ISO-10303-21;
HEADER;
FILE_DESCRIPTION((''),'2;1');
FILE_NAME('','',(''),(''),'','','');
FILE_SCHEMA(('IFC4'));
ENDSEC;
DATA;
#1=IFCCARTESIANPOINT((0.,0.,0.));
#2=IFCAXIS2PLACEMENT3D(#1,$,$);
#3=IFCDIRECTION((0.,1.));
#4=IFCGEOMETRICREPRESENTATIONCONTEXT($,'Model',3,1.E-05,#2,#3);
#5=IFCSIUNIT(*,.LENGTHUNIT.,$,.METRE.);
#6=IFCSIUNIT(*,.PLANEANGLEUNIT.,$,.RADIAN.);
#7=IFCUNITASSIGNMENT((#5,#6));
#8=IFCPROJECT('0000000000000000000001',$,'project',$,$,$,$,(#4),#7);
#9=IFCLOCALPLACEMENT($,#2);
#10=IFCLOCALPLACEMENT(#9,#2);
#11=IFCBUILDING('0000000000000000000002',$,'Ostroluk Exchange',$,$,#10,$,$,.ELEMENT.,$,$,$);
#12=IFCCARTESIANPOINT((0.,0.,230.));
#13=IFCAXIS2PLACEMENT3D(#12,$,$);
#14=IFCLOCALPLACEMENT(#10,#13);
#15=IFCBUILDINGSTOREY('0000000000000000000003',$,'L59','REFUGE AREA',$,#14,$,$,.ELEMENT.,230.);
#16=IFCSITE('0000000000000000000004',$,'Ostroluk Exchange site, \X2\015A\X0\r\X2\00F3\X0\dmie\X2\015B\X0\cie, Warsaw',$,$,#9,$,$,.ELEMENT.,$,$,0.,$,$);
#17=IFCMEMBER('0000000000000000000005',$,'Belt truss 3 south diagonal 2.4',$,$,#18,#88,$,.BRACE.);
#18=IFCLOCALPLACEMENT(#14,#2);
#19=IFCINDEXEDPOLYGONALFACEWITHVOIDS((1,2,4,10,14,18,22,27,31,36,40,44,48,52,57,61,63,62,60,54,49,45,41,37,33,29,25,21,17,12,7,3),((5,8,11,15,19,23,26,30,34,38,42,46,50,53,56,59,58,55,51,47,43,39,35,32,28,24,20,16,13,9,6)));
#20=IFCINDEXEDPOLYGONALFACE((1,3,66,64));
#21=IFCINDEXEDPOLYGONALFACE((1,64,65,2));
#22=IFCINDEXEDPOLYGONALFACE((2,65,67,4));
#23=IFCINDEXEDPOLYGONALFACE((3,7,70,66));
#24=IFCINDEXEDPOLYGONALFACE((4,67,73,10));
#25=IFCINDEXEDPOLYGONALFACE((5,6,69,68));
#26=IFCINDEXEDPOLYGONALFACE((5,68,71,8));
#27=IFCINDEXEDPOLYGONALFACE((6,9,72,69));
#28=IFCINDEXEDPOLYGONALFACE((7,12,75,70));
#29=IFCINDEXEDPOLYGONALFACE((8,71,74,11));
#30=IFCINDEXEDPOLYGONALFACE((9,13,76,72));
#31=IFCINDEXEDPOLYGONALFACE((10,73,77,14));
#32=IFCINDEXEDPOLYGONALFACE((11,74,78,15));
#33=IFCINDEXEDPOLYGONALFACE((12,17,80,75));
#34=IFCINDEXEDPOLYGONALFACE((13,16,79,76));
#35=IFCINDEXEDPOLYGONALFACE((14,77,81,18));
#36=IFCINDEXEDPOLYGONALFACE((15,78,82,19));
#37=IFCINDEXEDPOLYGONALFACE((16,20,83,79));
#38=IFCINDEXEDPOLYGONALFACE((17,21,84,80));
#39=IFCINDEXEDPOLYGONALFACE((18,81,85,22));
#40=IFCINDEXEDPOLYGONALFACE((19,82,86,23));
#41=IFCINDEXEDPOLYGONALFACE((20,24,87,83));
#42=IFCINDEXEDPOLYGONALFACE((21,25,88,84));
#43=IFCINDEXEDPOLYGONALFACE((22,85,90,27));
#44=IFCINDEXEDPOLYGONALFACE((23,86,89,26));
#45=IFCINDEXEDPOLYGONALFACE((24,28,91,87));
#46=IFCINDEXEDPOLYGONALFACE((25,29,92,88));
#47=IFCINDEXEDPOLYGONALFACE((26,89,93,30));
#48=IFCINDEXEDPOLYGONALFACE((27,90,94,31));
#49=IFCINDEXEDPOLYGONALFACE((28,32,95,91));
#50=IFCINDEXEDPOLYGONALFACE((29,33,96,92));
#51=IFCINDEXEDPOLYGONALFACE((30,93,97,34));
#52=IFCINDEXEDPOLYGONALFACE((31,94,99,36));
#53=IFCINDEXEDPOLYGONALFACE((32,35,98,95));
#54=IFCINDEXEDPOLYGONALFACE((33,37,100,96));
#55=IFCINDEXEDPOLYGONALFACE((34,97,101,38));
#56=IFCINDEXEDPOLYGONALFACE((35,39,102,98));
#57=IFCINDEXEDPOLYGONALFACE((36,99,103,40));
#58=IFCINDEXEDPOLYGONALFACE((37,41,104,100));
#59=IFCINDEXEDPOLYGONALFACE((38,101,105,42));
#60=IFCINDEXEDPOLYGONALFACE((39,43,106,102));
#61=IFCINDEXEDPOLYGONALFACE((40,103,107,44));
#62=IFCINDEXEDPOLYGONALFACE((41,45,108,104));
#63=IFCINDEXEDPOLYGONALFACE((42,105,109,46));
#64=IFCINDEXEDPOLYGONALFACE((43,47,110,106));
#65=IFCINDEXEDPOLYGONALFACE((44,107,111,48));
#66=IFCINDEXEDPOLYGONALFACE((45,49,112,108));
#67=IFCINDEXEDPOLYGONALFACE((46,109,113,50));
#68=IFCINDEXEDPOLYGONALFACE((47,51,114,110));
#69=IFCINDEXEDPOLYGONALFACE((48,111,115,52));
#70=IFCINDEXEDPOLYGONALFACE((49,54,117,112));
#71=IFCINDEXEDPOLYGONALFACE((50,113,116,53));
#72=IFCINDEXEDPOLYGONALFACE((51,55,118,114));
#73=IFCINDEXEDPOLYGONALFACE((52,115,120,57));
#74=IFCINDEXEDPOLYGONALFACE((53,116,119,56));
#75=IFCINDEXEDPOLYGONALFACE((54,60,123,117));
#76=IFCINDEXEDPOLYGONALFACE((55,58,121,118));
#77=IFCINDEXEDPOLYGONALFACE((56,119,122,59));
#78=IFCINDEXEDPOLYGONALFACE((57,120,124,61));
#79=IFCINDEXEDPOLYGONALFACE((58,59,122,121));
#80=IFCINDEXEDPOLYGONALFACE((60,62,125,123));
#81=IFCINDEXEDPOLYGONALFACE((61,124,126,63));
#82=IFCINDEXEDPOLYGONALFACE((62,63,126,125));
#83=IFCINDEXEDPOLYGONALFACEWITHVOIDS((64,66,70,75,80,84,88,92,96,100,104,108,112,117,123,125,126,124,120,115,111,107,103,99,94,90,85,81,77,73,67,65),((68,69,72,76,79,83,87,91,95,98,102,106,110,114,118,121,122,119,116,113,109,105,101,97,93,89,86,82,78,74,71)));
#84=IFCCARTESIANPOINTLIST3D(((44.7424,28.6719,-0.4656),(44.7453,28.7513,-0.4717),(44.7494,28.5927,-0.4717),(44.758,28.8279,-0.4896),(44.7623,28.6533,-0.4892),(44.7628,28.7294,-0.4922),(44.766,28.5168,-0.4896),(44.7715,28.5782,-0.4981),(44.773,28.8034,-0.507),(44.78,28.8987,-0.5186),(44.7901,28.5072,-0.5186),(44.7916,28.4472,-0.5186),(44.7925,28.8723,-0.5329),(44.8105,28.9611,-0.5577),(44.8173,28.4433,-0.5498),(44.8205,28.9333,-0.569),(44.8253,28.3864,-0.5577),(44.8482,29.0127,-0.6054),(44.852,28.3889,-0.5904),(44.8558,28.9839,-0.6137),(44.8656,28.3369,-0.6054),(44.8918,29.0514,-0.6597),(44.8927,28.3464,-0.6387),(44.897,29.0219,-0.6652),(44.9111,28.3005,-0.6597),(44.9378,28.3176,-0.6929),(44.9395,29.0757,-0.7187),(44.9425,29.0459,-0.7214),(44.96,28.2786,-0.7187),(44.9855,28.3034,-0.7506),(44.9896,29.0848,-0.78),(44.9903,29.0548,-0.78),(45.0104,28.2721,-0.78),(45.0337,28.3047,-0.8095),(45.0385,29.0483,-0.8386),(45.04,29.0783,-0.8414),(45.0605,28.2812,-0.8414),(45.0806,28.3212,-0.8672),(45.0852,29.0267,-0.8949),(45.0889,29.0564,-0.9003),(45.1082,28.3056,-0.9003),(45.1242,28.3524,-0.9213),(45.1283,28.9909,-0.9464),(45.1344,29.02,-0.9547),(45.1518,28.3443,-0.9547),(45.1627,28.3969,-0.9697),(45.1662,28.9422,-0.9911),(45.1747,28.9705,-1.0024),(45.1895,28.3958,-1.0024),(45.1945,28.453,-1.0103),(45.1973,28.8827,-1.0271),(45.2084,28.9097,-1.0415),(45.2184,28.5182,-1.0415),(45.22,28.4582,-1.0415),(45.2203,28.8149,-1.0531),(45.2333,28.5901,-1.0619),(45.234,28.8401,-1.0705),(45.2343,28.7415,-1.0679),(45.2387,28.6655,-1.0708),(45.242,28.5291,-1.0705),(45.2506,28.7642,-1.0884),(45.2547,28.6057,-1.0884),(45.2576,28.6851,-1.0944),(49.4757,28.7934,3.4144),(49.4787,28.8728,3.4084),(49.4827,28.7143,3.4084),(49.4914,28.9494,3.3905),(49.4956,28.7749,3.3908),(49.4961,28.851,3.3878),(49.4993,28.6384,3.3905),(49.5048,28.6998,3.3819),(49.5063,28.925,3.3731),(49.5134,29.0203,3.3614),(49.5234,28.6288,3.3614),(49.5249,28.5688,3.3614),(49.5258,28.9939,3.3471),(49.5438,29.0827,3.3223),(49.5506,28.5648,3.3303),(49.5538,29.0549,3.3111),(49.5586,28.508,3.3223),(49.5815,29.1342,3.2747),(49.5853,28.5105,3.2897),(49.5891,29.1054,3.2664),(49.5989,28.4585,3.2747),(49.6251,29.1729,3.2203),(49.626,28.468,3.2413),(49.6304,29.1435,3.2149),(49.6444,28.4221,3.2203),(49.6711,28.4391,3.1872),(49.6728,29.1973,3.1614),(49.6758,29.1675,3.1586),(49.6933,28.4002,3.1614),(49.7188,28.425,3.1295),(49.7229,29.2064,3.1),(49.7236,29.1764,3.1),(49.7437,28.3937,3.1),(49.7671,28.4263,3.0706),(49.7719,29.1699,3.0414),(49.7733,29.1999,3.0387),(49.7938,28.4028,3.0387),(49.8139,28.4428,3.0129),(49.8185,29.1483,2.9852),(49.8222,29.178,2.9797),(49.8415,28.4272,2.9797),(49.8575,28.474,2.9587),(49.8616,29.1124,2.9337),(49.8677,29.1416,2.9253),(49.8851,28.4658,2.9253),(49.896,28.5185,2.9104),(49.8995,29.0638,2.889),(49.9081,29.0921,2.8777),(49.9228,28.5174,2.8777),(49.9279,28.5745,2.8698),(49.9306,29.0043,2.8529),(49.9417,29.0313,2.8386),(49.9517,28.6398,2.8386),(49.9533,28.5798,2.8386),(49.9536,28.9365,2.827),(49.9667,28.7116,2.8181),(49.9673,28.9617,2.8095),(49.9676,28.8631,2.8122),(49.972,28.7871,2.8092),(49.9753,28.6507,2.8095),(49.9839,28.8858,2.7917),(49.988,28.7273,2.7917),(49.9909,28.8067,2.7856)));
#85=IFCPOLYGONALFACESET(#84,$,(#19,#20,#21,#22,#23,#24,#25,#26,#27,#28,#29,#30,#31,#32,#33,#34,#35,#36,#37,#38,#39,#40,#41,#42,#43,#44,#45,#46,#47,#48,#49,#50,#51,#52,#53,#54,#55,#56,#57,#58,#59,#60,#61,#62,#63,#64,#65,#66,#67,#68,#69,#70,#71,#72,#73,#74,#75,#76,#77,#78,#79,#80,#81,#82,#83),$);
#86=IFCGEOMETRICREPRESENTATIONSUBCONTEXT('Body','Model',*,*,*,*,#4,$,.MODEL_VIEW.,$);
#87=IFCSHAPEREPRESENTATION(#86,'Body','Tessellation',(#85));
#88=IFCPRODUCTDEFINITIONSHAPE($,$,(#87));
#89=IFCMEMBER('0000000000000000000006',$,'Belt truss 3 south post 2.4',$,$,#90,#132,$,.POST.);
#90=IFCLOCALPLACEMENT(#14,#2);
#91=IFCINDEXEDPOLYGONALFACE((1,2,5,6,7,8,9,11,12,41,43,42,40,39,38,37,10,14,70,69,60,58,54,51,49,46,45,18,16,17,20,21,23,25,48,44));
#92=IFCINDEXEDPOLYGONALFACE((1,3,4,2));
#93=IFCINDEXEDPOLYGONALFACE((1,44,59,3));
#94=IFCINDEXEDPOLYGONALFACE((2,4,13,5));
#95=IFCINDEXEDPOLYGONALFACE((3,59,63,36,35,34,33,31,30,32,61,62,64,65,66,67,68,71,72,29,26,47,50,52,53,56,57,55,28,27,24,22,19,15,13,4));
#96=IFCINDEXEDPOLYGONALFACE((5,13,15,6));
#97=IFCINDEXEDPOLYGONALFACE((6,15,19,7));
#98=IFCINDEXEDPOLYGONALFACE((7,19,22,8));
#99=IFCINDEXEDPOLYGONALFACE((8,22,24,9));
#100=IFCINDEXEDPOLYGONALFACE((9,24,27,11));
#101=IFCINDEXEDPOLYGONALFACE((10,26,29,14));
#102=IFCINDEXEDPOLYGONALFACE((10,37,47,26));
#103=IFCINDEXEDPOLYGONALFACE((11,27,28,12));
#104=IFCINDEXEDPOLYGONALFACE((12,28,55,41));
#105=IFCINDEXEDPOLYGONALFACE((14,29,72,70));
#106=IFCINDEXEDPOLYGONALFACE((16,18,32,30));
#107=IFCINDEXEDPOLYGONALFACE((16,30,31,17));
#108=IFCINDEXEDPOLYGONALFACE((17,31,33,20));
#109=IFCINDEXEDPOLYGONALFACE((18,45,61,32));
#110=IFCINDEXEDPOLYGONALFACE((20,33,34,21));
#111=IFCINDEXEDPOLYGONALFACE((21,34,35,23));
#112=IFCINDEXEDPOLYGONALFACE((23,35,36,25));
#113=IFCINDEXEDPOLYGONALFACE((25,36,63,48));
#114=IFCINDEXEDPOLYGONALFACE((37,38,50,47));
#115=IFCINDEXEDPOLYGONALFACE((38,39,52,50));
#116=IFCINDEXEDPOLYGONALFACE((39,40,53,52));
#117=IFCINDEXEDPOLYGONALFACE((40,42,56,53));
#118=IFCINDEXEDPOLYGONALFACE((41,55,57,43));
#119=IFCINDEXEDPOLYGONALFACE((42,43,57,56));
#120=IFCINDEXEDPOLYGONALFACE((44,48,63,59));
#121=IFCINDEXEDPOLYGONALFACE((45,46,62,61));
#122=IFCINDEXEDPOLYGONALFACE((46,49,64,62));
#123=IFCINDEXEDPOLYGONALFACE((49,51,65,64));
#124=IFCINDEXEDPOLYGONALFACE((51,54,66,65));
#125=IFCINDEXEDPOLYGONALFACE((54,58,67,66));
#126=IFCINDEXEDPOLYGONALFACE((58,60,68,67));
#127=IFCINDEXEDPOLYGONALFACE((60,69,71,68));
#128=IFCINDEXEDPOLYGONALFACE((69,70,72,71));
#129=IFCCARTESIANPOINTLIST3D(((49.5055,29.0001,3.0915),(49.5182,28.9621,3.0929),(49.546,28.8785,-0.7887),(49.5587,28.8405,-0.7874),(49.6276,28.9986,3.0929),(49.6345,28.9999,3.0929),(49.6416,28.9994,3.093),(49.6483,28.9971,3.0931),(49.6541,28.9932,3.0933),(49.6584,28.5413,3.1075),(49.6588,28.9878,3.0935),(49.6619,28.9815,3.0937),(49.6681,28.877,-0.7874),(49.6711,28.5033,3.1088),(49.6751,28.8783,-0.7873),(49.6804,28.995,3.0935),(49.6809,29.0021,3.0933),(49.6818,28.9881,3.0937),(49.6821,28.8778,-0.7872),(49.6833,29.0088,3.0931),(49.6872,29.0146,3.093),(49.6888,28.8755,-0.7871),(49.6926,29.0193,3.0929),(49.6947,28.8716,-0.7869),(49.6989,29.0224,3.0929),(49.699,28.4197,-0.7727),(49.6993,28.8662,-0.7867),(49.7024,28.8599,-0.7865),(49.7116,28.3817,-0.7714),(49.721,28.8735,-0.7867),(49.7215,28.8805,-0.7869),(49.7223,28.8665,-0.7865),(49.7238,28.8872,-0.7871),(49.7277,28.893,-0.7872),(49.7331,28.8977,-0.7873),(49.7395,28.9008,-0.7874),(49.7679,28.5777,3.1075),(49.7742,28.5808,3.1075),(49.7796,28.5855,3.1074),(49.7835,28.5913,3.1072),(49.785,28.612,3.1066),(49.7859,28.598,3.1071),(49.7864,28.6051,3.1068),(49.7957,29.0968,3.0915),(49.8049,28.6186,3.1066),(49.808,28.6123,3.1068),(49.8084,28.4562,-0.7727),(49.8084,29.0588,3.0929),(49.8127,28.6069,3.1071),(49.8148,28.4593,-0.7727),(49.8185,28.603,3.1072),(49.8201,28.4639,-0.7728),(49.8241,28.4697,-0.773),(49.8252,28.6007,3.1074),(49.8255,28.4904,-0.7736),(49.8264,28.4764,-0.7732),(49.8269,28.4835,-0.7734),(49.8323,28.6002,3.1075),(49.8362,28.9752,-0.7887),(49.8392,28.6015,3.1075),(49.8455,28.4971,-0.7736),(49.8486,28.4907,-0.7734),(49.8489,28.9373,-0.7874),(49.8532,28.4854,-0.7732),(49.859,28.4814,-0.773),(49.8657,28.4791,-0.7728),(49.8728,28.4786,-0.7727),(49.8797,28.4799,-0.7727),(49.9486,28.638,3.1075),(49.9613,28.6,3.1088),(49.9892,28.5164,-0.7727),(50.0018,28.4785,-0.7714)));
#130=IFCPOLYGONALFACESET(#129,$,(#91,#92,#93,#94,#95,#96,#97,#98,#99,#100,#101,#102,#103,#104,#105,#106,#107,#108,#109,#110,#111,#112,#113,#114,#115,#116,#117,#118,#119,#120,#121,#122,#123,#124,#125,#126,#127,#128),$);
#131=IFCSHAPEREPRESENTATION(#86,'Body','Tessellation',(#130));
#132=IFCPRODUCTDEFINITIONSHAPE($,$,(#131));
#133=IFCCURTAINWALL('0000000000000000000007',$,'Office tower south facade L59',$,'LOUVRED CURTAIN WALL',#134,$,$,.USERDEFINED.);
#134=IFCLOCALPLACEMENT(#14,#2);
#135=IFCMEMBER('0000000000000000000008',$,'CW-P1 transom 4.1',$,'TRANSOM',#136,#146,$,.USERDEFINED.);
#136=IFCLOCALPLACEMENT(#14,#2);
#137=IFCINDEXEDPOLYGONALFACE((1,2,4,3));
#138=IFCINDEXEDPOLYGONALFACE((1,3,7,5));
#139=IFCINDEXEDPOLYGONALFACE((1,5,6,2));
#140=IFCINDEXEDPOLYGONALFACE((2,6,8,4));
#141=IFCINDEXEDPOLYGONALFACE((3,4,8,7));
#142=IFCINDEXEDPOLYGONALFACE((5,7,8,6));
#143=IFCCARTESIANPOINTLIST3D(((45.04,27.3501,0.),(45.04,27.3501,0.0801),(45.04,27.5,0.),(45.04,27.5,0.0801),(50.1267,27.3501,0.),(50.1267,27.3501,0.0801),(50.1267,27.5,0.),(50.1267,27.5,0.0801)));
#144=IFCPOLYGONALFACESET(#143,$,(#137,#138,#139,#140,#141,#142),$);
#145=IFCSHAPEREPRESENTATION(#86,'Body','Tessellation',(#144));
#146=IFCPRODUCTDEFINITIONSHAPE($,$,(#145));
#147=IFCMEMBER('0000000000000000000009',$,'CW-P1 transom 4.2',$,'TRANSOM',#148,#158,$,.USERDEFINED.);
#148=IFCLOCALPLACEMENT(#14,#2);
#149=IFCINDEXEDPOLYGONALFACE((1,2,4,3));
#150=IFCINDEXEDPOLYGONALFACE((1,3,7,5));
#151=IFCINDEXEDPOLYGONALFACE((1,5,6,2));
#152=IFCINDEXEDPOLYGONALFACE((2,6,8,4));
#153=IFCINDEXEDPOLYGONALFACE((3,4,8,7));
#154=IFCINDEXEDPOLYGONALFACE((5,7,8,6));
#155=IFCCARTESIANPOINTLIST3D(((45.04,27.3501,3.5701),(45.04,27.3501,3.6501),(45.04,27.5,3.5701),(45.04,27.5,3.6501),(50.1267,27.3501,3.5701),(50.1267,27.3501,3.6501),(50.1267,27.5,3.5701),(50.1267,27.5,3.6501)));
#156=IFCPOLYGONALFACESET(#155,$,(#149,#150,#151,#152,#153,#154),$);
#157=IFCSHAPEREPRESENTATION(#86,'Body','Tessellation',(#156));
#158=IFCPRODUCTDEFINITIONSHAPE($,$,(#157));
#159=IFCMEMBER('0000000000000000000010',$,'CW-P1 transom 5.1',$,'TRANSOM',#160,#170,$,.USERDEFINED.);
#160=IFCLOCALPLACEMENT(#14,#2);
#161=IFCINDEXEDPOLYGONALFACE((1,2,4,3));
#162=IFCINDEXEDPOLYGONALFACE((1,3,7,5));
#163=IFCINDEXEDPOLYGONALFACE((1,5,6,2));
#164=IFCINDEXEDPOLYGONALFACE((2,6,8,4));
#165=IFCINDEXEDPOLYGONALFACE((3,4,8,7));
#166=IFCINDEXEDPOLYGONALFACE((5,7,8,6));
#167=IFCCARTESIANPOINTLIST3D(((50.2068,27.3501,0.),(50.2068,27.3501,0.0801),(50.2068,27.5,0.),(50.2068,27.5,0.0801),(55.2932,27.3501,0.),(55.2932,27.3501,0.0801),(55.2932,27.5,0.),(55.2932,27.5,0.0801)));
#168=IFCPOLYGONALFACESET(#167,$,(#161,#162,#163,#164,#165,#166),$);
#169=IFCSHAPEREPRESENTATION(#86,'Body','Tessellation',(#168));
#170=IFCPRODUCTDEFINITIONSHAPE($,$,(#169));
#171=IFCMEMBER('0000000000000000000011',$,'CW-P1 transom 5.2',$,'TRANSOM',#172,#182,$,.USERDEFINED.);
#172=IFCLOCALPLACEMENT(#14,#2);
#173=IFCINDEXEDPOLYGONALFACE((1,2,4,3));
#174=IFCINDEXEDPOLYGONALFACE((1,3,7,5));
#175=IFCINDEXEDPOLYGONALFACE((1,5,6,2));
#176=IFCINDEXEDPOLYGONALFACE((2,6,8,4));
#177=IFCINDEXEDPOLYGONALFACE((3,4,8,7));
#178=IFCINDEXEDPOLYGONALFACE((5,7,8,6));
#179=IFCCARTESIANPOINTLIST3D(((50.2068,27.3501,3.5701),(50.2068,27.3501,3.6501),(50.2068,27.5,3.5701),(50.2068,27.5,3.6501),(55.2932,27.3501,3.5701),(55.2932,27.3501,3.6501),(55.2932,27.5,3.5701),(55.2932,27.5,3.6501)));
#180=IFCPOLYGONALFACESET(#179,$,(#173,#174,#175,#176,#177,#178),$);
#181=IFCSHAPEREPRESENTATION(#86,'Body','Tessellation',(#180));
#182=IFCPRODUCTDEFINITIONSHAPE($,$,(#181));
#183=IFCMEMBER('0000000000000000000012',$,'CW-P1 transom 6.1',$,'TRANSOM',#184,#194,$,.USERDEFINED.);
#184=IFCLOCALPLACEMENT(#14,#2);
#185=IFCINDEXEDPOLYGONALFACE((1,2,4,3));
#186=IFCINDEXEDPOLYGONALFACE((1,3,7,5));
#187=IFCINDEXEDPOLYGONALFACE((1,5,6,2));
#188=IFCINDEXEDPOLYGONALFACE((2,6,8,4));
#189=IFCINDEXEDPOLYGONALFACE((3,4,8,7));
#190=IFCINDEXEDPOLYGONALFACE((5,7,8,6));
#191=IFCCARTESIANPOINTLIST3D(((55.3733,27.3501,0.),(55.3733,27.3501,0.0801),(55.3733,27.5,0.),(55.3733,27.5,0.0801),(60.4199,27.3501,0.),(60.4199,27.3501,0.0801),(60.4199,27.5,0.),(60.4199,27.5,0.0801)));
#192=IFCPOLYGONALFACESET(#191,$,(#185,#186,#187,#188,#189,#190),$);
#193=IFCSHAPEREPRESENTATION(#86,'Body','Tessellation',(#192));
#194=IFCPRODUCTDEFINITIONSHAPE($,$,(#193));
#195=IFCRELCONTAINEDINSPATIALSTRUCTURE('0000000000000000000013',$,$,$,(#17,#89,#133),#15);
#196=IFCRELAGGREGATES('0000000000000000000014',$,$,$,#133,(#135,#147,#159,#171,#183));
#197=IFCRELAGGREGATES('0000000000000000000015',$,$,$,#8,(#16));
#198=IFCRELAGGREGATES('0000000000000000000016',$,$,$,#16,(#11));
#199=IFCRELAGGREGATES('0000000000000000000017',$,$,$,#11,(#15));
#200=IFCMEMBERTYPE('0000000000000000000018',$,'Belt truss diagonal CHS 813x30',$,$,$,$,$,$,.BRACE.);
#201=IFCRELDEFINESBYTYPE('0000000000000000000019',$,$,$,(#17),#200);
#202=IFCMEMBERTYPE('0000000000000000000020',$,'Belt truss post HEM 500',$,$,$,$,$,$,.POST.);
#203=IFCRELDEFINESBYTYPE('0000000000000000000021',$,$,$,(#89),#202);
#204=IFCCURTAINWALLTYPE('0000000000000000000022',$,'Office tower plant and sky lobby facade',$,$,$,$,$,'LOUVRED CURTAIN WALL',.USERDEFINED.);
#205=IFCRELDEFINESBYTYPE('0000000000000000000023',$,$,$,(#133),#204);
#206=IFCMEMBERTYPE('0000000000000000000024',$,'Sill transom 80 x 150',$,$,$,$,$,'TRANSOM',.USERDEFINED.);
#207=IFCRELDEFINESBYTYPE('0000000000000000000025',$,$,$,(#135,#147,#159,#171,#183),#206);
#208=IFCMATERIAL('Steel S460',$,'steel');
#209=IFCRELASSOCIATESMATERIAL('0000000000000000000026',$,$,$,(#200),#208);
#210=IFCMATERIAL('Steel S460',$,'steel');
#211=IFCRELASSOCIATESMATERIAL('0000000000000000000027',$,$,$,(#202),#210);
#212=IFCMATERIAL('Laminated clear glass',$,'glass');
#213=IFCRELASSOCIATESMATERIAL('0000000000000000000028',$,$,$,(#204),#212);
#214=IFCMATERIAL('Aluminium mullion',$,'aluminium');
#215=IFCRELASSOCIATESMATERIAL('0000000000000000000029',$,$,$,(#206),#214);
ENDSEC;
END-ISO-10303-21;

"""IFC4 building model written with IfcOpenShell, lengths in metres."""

from ifc_helpers import new_model, si_unit, direction, frame, origin, origin_2d, place, context, subcontext, project, spatial, rectangle, hollow_circle, i_section, extrude, material, material_profile, profile_set, type_object, element, aggregate, save


model = new_model("IFC4")

# Units and contexts
model_context = context("Model", 3, precision=1e-05, world=origin(), true_north=direction((0.0, 1.0)))
body_context = subcontext(model_context, "Body", "Model", "MODEL_VIEW")
ifc_project = project(units=[si_unit("LENGTHUNIT", "METRE"), si_unit("PLANEANGLEUNIT", "RADIAN")], contexts=[model_context])

# Site, building, storey
site_placement = place(None, origin())
site = spatial("IfcSite", under=ifc_project, at=site_placement, Name="Ostroluk Exchange site, Śródmieście, Warsaw", CompositionType="ELEMENT", RefElevation=0.0)
building_placement = place(site_placement, origin())
building = spatial("IfcBuilding", under=site, at=building_placement, Name="Ostroluk Exchange", CompositionType="ELEMENT")
storey_placement = place(building_placement, frame((0.0, 0.0, 230.0)))
storey = spatial("IfcBuildingStorey", under=building, at=storey_placement, Name="L59", Description="REFUGE AREA", CompositionType="ELEMENT", Elevation=230.0)

# Members
ifc_material_1 = material(Name="Steel S460", Category="steel")
ifc_material_profile_1 = material_profile(ifc_material_1, hollow_circle(Radius=0.4065, WallThickness=0.03, at=origin_2d()), Name="CHS 813x30")
ifc_profile_set_1 = profile_set([ifc_material_profile_1], Name="Steel S460")
member_type_1 = type_object("IfcMemberType", Name="Belt truss diagonal CHS 813x30", PredefinedType="BRACE", material=ifc_profile_set_1)
for number, where, z_axis, x_axis, name in (
    (1, (45.0, 28.6785, -0.78), (0.773216, 0.019861, 0.633831), (-0.025678, 0.99967, 0.0), "Belt truss 3 south diagonal 2.4"),
):
    element("IfcMember", number, at=place(storey_placement, frame(where, z_axis=z_axis, x_axis=x_axis)), inside=storey, type_object=member_type_1, Name=name, PredefinedType="BRACE", context=body_context, shape_type="SweptSolid", body=[
        extrude(hollow_circle(Radius=0.4065, WallThickness=0.03, at=origin_2d()), origin(), (0.0, 0.0, 1.0), 6.1216),
    ])
ifc_material_2 = material(Name="Steel S460", Category="steel")
ifc_material_profile_2 = material_profile(ifc_material_2, i_section(OverallWidth=0.3059, OverallDepth=0.5239, WebThickness=0.021, FlangeThickness=0.04, FilletRadius=0.0271, at=origin_2d()), Name="HEM 500")
ifc_profile_set_2 = profile_set([ifc_material_profile_2], Name="Steel S460")
member_type_2 = type_object("IfcMemberType", Name="Belt truss post HEM 500", PredefinedType="POST", material=ifc_profile_set_2)
member_1_placement = place(storey_placement, frame((49.7739, 28.6785, -0.78), z_axis=(-0.010439, 0.031317, 0.999455), x_axis=(-0.948683, -0.316228, 0.0)))
element("IfcMember", 2, at=member_1_placement, inside=storey, type_object=member_type_2, Name="Belt truss 3 south post 2.4", PredefinedType="POST", context=body_context, shape_type="SweptSolid", body=[
    extrude(i_section(OverallWidth=0.3059, OverallDepth=0.5239, WebThickness=0.021, FlangeThickness=0.04, FilletRadius=0.0271, at=origin_2d()), origin(), (0.0, 0.0, 1.0), 3.8823),
])

# Curtain wall, members
ifc_material_3 = material(Name="Laminated clear glass", Category="glass")
curtain_wall_type = type_object("IfcCurtainWallType", Name="Office tower plant and sky lobby facade", ElementType="LOUVRED CURTAIN WALL", PredefinedType="USERDEFINED", material=ifc_material_3)
curtain_wall_placement = place(storey_placement, origin())
curtain_wall = element("IfcCurtainWall", 3, at=curtain_wall_placement, inside=storey, type_object=curtain_wall_type, Name="Office tower south facade L59", ObjectType="LOUVRED CURTAIN WALL", PredefinedType="USERDEFINED")
ifc_material_4 = material(Name="Aluminium mullion", Category="aluminium")
ifc_material_profile_3 = material_profile(ifc_material_4, rectangle(XDim=0.1499, YDim=0.0801, at=origin_2d()), Name="Sill transom 80 x 150")
ifc_profile_set_3 = profile_set([ifc_material_profile_3], Name="Aluminium mullion")
member_type_3 = type_object("IfcMemberType", Name="Sill transom 80 x 150", ElementType="TRANSOM", PredefinedType="USERDEFINED", material=ifc_profile_set_3)
member_2_placement = place(storey_placement, frame((45.04, 27.425, 0.04), z_axis=(1.0, 0.0, 0.0), x_axis=(0.0, 1.0, 0.0)))
member_2 = element("IfcMember", 4, at=member_2_placement, type_object=member_type_3, Name="CW-P1 transom 4.1", ObjectType="TRANSOM", PredefinedType="USERDEFINED", context=body_context, shape_type="SweptSolid", body=[
    extrude(rectangle(XDim=0.1499, YDim=0.0801, at=origin_2d()), origin(), (0.0, 0.0, 1.0), 5.0867),
])
member_3_placement = place(storey_placement, frame((45.04, 27.425, 3.6101), z_axis=(1.0, 0.0, 0.0), x_axis=(0.0, 1.0, 0.0)))
member_3 = element("IfcMember", 5, at=member_3_placement, type_object=member_type_3, Name="CW-P1 transom 4.2", ObjectType="TRANSOM", PredefinedType="USERDEFINED", context=body_context, shape_type="SweptSolid", body=[
    extrude(rectangle(XDim=0.1499, YDim=0.0801, at=origin_2d()), origin(), (0.0, 0.0, 1.0), 5.0867),
])
member_4_placement = place(storey_placement, frame((50.2068, 27.425, 0.04), z_axis=(1.0, 0.0, 0.0), x_axis=(0.0, 1.0, 0.0)))
member_4 = element("IfcMember", 6, at=member_4_placement, type_object=member_type_3, Name="CW-P1 transom 5.1", ObjectType="TRANSOM", PredefinedType="USERDEFINED", context=body_context, shape_type="SweptSolid", body=[
    extrude(rectangle(XDim=0.1499, YDim=0.0801, at=origin_2d()), origin(), (0.0, 0.0, 1.0), 5.0864),
])
member_5_placement = place(storey_placement, frame((50.2068, 27.425, 3.6101), z_axis=(1.0, 0.0, 0.0), x_axis=(0.0, 1.0, 0.0)))
member_5 = element("IfcMember", 7, at=member_5_placement, type_object=member_type_3, Name="CW-P1 transom 5.2", ObjectType="TRANSOM", PredefinedType="USERDEFINED", context=body_context, shape_type="SweptSolid", body=[
    extrude(rectangle(XDim=0.1499, YDim=0.0801, at=origin_2d()), origin(), (0.0, 0.0, 1.0), 5.0864),
])
member_6_placement = place(storey_placement, frame((55.3733, 27.425, 0.04), z_axis=(1.0, 0.0, 0.0), x_axis=(0.0, 1.0, 0.0)))
member_6 = element("IfcMember", 8, at=member_6_placement, type_object=member_type_3, Name="CW-P1 transom 6.1", ObjectType="TRANSOM", PredefinedType="USERDEFINED", context=body_context, shape_type="SweptSolid", body=[
    extrude(rectangle(XDim=0.1499, YDim=0.0801, at=origin_2d()), origin(), (0.0, 0.0, 1.0), 5.0466),
])
aggregate(curtain_wall, [member_2, member_3, member_4, member_5, member_6])

save(model, "model.ifc")
